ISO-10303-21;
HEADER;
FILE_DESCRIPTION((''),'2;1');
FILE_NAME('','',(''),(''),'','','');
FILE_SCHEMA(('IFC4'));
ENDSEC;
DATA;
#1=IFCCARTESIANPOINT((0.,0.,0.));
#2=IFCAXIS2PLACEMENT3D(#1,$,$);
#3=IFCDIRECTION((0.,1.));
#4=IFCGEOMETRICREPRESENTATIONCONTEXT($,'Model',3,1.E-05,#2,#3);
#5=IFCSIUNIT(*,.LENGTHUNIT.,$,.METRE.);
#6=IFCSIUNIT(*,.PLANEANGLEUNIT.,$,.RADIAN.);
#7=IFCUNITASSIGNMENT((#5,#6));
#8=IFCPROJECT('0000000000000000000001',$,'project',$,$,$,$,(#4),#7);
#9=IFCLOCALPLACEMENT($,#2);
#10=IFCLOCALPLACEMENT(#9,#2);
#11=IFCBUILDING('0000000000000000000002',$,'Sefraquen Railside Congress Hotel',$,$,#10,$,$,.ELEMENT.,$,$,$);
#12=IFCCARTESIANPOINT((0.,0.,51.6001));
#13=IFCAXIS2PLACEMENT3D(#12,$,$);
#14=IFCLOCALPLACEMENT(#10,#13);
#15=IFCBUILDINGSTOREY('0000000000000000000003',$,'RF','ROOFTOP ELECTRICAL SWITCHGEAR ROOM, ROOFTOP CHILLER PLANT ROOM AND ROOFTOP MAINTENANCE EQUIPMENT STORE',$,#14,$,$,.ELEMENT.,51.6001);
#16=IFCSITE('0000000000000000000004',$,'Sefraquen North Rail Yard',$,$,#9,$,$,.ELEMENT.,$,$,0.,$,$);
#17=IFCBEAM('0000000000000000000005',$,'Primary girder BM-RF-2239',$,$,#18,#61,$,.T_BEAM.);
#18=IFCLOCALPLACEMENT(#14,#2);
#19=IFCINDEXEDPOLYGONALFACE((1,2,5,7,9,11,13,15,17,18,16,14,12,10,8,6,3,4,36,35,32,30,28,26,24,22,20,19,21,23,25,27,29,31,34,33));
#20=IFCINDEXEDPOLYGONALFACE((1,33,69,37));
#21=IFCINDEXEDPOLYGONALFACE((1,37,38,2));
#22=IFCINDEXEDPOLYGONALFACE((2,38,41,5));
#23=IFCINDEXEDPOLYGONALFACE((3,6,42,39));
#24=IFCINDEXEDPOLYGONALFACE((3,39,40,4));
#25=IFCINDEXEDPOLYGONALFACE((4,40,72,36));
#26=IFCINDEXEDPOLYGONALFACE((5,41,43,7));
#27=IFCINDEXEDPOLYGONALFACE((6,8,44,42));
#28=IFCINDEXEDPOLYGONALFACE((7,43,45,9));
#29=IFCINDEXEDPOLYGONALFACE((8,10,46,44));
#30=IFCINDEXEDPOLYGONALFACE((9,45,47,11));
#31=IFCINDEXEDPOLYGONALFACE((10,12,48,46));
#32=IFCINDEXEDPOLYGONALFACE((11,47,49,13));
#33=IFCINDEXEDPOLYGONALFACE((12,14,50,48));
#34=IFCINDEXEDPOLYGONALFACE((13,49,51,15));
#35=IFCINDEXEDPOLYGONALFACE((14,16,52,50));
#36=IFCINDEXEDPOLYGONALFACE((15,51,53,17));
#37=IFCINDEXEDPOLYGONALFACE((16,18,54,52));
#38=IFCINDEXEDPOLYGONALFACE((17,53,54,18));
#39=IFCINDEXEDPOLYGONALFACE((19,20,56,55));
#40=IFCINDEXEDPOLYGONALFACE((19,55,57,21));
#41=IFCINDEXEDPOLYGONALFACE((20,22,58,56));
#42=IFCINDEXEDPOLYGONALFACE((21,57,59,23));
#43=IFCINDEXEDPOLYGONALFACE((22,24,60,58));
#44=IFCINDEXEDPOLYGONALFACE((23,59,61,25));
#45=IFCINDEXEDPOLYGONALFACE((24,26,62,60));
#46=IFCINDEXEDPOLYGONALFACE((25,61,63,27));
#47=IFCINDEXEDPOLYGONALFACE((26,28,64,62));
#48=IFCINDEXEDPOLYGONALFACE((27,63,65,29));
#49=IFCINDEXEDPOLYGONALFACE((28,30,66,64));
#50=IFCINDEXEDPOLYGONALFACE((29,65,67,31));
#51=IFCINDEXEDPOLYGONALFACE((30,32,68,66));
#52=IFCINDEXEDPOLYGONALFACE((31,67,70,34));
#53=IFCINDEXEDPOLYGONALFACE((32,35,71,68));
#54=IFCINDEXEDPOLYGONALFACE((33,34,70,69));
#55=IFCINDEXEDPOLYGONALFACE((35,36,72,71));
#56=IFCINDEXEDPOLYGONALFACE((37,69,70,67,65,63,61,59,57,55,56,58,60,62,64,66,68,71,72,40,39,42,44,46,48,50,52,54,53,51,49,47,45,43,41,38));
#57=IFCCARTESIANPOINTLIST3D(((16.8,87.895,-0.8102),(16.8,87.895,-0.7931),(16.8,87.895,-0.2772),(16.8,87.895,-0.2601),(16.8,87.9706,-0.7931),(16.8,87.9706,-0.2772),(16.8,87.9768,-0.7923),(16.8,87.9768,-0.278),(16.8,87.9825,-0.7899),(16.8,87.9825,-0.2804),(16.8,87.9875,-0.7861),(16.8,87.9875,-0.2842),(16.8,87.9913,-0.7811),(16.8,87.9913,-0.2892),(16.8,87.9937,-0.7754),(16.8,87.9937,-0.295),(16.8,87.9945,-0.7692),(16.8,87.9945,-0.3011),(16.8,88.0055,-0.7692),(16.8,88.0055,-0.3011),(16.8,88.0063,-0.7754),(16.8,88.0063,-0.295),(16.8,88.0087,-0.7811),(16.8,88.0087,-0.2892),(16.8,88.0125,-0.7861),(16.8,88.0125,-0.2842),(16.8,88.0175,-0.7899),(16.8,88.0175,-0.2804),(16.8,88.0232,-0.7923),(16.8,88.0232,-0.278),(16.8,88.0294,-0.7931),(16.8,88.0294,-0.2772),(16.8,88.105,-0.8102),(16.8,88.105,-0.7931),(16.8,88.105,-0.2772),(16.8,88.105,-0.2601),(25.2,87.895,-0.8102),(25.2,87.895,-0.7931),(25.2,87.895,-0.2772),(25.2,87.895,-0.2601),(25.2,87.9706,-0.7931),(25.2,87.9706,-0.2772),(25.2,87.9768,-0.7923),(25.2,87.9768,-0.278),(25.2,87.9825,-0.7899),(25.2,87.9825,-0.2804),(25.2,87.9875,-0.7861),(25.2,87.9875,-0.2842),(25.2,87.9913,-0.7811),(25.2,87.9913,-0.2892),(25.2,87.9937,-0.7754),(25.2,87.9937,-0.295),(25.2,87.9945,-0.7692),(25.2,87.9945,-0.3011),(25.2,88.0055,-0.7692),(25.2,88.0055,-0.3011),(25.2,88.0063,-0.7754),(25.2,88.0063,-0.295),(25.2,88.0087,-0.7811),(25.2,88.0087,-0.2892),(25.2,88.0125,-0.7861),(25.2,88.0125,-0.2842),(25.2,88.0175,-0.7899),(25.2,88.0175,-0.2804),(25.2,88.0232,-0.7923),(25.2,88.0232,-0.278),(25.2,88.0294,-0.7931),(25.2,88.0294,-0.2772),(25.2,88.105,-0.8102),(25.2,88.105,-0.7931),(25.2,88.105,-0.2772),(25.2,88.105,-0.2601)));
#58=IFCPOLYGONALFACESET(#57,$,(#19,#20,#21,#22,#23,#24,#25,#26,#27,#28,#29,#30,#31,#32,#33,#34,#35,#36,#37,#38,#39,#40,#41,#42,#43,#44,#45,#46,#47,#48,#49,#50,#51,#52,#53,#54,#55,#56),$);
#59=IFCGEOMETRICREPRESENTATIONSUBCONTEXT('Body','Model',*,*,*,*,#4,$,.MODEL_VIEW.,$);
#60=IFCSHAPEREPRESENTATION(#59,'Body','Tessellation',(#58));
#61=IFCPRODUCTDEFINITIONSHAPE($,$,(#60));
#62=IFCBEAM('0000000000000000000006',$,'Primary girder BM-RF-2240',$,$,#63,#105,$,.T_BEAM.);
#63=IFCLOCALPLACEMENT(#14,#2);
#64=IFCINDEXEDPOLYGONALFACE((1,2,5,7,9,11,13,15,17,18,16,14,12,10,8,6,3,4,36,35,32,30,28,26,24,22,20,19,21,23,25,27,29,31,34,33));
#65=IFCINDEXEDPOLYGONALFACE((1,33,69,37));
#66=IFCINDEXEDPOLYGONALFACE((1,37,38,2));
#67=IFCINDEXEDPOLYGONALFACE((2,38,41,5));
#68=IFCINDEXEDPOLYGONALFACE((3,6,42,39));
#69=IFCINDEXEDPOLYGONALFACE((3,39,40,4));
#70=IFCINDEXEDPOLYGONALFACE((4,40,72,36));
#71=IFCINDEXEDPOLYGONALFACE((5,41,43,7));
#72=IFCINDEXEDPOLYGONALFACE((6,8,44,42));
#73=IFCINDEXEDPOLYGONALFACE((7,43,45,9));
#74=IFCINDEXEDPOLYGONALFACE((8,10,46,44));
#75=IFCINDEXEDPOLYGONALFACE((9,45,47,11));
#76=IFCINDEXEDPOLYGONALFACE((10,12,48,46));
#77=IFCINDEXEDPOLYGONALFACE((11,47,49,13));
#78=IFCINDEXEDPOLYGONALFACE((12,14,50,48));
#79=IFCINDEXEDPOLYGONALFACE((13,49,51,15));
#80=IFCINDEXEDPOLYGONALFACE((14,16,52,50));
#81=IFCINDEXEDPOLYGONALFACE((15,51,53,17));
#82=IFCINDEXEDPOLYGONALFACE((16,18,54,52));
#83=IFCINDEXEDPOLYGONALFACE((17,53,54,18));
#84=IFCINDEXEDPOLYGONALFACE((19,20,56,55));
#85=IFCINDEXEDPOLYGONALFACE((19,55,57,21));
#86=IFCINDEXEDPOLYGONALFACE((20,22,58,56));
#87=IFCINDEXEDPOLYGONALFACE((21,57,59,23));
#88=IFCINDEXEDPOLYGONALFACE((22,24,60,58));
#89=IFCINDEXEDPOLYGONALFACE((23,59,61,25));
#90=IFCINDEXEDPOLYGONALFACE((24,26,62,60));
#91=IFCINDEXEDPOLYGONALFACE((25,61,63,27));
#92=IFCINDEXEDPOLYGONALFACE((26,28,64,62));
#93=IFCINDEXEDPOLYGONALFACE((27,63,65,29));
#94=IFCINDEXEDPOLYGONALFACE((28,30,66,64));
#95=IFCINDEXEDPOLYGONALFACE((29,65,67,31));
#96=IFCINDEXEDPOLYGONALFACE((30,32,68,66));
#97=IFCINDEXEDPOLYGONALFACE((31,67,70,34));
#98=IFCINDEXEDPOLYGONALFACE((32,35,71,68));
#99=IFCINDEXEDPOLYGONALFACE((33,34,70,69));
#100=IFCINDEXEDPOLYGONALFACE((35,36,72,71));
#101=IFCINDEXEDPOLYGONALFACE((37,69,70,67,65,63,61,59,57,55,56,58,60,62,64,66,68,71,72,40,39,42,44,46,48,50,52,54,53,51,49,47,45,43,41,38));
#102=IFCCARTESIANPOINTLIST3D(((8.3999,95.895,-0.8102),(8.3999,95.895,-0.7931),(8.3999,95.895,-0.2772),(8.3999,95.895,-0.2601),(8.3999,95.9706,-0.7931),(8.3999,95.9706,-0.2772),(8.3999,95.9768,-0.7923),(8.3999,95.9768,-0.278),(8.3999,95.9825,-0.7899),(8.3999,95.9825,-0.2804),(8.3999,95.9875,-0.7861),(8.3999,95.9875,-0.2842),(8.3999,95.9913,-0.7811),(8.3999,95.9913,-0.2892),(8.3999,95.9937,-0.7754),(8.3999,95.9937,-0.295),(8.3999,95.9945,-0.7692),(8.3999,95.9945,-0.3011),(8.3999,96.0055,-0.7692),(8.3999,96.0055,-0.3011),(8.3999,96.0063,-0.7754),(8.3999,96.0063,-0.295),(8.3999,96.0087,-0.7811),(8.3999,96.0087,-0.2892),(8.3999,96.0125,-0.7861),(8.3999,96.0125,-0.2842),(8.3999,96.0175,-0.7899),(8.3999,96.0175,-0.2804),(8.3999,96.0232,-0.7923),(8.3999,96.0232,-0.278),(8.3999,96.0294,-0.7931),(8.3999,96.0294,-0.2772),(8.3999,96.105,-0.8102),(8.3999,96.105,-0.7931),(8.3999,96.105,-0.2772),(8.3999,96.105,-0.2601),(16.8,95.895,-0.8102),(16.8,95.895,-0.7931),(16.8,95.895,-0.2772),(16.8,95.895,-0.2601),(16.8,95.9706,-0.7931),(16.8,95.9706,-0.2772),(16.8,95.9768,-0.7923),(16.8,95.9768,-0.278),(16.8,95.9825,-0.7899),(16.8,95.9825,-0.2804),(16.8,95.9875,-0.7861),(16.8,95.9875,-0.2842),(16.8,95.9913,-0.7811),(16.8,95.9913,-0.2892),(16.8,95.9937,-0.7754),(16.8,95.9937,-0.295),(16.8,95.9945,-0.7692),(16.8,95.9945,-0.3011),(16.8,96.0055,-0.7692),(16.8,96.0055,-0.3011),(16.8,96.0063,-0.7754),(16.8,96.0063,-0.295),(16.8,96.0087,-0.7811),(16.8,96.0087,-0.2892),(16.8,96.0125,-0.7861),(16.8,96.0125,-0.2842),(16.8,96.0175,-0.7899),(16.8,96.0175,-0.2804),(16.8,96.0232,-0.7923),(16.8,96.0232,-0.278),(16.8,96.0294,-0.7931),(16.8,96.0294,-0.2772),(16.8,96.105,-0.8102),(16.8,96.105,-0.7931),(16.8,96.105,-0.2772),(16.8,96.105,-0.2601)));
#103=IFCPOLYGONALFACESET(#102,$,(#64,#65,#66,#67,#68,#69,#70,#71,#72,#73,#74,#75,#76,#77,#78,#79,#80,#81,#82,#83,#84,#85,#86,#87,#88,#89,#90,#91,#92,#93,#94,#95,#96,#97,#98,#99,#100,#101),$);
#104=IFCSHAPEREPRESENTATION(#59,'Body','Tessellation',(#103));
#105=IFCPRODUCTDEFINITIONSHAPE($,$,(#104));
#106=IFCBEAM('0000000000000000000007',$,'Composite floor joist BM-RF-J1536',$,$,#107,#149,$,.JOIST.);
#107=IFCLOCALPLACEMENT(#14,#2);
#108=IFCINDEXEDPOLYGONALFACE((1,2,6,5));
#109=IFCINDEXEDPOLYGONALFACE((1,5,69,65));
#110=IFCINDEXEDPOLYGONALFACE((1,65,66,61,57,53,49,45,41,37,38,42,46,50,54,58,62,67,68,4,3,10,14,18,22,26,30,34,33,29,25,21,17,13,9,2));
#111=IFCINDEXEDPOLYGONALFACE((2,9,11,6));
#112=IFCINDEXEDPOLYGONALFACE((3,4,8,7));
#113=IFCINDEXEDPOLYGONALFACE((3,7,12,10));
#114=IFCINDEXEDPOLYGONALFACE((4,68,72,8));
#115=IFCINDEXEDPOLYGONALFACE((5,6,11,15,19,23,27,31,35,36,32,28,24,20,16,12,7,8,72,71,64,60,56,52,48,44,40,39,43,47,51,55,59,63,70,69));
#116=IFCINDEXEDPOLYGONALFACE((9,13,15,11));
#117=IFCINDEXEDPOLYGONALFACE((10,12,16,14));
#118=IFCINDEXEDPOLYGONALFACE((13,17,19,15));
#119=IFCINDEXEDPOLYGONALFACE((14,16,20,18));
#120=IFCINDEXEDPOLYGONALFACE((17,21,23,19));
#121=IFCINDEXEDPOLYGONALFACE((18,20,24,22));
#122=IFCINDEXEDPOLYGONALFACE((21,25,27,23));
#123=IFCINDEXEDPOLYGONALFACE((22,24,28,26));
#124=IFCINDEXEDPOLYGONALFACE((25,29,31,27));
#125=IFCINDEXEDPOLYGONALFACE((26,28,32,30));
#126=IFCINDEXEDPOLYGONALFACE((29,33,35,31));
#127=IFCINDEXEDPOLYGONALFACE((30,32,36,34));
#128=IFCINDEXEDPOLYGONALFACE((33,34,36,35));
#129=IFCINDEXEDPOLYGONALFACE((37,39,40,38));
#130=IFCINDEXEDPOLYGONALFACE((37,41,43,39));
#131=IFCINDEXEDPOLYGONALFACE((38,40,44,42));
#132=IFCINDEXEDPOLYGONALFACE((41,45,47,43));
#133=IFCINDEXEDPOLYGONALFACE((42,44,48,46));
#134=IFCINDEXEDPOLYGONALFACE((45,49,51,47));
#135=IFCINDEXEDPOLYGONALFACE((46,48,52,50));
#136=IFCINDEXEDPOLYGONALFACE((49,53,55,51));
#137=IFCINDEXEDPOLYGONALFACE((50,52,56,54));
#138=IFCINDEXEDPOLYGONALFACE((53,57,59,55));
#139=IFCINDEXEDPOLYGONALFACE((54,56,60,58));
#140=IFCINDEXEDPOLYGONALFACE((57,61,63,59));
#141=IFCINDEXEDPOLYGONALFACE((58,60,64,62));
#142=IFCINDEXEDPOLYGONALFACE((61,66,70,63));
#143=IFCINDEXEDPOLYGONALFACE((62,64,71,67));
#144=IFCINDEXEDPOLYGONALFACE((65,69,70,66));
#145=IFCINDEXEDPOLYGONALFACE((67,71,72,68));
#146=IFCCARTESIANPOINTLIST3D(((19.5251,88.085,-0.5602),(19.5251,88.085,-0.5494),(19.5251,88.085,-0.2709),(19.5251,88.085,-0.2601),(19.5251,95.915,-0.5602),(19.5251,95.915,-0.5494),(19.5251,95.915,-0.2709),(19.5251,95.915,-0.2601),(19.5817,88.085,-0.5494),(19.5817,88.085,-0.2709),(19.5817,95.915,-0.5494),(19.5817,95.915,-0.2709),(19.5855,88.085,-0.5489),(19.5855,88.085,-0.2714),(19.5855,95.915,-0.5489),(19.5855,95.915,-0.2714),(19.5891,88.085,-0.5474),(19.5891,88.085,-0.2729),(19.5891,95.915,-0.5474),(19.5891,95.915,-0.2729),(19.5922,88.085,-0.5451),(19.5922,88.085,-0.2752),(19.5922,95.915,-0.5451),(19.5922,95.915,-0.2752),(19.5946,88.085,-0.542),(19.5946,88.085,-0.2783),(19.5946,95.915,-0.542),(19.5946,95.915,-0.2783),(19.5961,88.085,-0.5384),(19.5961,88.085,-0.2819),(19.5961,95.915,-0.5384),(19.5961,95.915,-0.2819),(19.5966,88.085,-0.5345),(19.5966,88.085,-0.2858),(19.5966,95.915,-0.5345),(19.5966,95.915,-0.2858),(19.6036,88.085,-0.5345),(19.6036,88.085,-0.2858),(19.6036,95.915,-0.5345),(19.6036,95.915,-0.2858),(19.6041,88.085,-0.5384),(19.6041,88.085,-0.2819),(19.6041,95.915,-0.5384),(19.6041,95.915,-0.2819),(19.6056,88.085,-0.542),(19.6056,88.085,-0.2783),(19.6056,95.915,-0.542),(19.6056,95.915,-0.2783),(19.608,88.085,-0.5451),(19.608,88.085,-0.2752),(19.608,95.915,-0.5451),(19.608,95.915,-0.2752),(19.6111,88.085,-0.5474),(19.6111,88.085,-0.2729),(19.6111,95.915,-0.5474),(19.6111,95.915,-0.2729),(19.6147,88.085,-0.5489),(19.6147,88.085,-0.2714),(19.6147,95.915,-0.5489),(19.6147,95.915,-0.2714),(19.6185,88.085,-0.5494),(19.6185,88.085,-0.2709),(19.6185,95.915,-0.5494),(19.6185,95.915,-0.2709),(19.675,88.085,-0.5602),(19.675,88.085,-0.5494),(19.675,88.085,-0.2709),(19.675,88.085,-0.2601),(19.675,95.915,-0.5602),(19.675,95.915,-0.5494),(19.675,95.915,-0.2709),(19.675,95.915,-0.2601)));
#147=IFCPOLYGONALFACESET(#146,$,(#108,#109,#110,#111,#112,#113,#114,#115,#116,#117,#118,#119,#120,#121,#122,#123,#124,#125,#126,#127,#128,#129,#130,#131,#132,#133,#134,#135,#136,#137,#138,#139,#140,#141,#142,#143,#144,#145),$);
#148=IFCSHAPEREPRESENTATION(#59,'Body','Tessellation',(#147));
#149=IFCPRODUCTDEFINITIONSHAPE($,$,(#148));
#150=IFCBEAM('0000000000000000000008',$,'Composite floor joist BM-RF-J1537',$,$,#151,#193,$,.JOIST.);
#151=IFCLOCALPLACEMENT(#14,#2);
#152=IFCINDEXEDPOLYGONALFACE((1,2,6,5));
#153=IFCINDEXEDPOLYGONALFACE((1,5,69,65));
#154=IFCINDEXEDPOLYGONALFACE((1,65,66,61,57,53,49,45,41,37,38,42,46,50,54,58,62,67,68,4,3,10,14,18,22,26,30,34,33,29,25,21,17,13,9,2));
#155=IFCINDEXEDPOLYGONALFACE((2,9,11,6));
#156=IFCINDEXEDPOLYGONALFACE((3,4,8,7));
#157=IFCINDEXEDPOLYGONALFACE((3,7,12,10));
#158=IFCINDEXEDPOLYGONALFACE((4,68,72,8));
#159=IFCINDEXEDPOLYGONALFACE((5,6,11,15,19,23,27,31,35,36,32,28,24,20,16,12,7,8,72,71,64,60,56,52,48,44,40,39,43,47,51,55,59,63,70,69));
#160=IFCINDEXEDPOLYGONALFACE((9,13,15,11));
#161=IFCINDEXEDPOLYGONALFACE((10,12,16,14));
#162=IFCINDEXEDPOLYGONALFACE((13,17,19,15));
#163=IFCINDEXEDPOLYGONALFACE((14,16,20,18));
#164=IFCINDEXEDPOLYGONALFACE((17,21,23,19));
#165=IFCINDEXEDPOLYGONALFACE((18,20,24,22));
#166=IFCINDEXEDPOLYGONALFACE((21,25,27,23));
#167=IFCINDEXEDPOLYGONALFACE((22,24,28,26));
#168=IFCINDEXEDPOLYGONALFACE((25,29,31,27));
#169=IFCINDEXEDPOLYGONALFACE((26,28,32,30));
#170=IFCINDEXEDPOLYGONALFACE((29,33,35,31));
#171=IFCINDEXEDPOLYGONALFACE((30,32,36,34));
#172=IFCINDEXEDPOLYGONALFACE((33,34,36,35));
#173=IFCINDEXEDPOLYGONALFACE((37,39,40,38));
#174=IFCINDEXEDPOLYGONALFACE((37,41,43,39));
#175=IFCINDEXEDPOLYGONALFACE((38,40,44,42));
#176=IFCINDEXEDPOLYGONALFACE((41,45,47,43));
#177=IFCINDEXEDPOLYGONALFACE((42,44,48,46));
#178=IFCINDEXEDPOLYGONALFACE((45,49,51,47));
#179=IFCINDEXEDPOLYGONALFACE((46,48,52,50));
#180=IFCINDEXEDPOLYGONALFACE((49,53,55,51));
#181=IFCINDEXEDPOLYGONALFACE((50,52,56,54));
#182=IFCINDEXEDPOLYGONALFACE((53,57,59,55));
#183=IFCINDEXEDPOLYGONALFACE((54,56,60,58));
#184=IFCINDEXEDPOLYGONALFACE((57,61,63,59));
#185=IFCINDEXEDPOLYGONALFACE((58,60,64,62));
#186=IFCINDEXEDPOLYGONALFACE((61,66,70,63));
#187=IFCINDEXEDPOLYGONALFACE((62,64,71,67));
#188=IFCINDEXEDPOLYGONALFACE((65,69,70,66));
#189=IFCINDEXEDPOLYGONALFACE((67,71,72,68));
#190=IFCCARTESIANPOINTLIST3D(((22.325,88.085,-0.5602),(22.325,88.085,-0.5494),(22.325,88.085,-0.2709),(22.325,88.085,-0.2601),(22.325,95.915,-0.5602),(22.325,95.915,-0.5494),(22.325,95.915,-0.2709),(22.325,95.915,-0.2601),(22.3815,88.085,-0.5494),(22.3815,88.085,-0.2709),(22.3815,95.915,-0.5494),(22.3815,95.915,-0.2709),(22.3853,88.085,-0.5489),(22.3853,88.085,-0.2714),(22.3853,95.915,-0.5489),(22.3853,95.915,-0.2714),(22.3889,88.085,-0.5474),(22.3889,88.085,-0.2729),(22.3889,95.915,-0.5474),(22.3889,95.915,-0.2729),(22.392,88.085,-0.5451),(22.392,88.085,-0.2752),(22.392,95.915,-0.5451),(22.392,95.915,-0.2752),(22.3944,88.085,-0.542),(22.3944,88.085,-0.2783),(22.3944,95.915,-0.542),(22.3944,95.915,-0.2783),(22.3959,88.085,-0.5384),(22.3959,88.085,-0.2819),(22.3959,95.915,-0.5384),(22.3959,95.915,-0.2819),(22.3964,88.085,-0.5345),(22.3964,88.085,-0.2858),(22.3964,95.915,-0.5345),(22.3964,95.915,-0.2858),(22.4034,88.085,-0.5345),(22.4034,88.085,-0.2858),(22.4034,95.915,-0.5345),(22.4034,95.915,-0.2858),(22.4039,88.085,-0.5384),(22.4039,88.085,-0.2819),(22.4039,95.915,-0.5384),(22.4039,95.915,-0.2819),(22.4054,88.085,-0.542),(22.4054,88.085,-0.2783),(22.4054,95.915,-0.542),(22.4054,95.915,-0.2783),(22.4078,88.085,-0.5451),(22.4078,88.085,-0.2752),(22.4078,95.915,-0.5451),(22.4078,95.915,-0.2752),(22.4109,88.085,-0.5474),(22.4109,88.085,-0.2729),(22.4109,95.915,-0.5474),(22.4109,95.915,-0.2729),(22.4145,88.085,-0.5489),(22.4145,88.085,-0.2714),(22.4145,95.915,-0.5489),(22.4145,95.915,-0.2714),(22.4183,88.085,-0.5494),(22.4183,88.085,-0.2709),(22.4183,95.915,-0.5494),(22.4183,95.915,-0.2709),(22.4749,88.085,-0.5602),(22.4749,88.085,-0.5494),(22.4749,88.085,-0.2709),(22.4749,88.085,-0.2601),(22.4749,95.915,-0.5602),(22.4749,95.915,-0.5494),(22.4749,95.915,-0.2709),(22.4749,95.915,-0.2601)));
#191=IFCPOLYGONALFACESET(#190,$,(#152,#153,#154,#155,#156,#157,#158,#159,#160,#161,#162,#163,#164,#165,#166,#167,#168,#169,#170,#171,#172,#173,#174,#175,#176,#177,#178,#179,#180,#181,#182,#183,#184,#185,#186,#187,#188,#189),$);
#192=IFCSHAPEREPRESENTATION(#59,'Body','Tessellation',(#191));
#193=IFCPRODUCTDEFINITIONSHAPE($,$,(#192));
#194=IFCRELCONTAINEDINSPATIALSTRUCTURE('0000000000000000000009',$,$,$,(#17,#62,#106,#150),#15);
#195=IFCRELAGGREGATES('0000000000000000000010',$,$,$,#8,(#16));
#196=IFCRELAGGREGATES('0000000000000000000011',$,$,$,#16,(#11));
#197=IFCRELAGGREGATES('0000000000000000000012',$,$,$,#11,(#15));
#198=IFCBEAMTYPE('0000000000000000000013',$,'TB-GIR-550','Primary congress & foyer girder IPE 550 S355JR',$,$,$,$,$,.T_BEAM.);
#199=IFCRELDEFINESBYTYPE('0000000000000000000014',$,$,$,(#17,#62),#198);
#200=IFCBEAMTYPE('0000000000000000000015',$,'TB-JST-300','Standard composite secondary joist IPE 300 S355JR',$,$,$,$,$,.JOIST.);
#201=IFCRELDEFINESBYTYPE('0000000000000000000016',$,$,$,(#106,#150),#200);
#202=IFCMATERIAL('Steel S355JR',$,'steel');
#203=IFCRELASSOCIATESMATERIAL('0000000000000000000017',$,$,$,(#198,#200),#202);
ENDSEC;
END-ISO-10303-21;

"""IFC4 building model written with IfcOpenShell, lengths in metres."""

from ifc_helpers import new_model, si_unit, direction, frame, origin, origin_2d, place, context, subcontext, project, spatial, i_section, extrude, material, material_profile, profile_set, type_object, element, save


model = new_model("IFC4")

# Units and contexts
model_context = context("Model", 3, precision=1e-05, world=origin(), true_north=direction((0.0, 1.0)))
body_context = subcontext(model_context, "Body", "Model", "MODEL_VIEW")
ifc_project = project(units=[si_unit("LENGTHUNIT", "METRE"), si_unit("PLANEANGLEUNIT", "RADIAN")], contexts=[model_context])

# Site, building, storey
site_placement = place(None, origin())
site = spatial("IfcSite", under=ifc_project, at=site_placement, Name="Sefraquen North Rail Yard", CompositionType="ELEMENT", RefElevation=0.0)
building_placement = place(site_placement, origin())
building = spatial("IfcBuilding", under=site, at=building_placement, Name="Sefraquen Railside Congress Hotel", CompositionType="ELEMENT")
storey_placement = place(building_placement, frame((0.0, 0.0, 51.6001)))
storey = spatial("IfcBuildingStorey", under=building, at=storey_placement, Name="RF", Description="ROOFTOP ELECTRICAL SWITCHGEAR ROOM, ROOFTOP CHILLER PLANT ROOM AND ROOFTOP MAINTENANCE EQUIPMENT STORE", CompositionType="ELEMENT", Elevation=51.6001)

# Beams
ifc_material_1 = material(Name="Steel S355JR", Category="steel")
ifc_material_profile_1 = material_profile(ifc_material_1, i_section(OverallWidth=0.21, OverallDepth=0.55, WebThickness=0.011, FlangeThickness=0.0171, FilletRadius=0.0239, at=origin_2d()), Name="IPE 550")
ifc_profile_set_1 = profile_set([ifc_material_profile_1], Name="Steel S355JR")
beam_type_1 = type_object("IfcBeamType", Name="TB-GIR-550", Description="Primary congress & foyer girder IPE 550 S355JR", PredefinedType="T_BEAM", material=ifc_profile_set_1)
for number, where, z_axis, x_axis, name in (
    (1, (16.8, 88.0, -0.5352), (1.0, 0.0, 0.0), (0.0, 1.0, 0.0), "Primary girder BM-RF-2239"),
):
    element("IfcBeam", number, at=place(storey_placement, frame(where, z_axis=z_axis, x_axis=x_axis)), inside=storey, type_object=beam_type_1, Name=name, PredefinedType="T_BEAM", context=body_context, shape_type="SweptSolid", body=[
        extrude(i_section(OverallWidth=0.21, OverallDepth=0.55, WebThickness=0.011, FlangeThickness=0.0171, FilletRadius=0.0239, at=origin_2d()), origin(), (0.0, 0.0, 1.0), 8.3999),
    ])
beam_1_placement = place(storey_placement, frame((8.3999, 96.0, -0.5352), z_axis=(1.0, 0.0, 0.0), x_axis=(0.0, 1.0, 0.0)))
element("IfcBeam", 2, at=beam_1_placement, inside=storey, type_object=beam_type_1, Name="Primary girder BM-RF-2240", PredefinedType="T_BEAM", context=body_context, shape_type="SweptSolid", body=[
    extrude(i_section(OverallWidth=0.21, OverallDepth=0.55, WebThickness=0.011, FlangeThickness=0.0171, FilletRadius=0.0239, at=origin_2d()), origin(), (0.0, 0.0, 1.0), 8.4001),
])
ifc_material_profile_2 = material_profile(ifc_material_1, i_section(OverallWidth=0.1499, OverallDepth=0.3, WebThickness=0.0071, FlangeThickness=0.0107, FilletRadius=0.0149, at=origin_2d()), Name="IPE 300")
ifc_profile_set_2 = profile_set([ifc_material_profile_2], Name="Steel S355JR")
beam_type_2 = type_object("IfcBeamType", Name="TB-JST-300", Description="Standard composite secondary joist IPE 300 S355JR", PredefinedType="JOIST", material=ifc_profile_set_2)
for number, where, z_axis, x_axis, name in (
    (3, (19.6001, 88.085, -0.4102), (0.0, 1.0, 0.0), (-1.0, 0.0, 0.0), "Composite floor joist BM-RF-J1536"),
    (4, (22.3999, 88.085, -0.4102), (0.0, 1.0, 0.0), (-1.0, 0.0, 0.0), "Composite floor joist BM-RF-J1537"),
):
    element("IfcBeam", number, at=place(storey_placement, frame(where, z_axis=z_axis, x_axis=x_axis)), inside=storey, type_object=beam_type_2, Name=name, PredefinedType="JOIST", context=body_context, shape_type="SweptSolid", body=[
        extrude(i_section(OverallWidth=0.1499, OverallDepth=0.3, WebThickness=0.0071, FlangeThickness=0.0107, FilletRadius=0.0149, at=origin_2d()), origin(), (0.0, 0.0, 1.0), 7.8301),
    ])

save(model, "model.ifc")
